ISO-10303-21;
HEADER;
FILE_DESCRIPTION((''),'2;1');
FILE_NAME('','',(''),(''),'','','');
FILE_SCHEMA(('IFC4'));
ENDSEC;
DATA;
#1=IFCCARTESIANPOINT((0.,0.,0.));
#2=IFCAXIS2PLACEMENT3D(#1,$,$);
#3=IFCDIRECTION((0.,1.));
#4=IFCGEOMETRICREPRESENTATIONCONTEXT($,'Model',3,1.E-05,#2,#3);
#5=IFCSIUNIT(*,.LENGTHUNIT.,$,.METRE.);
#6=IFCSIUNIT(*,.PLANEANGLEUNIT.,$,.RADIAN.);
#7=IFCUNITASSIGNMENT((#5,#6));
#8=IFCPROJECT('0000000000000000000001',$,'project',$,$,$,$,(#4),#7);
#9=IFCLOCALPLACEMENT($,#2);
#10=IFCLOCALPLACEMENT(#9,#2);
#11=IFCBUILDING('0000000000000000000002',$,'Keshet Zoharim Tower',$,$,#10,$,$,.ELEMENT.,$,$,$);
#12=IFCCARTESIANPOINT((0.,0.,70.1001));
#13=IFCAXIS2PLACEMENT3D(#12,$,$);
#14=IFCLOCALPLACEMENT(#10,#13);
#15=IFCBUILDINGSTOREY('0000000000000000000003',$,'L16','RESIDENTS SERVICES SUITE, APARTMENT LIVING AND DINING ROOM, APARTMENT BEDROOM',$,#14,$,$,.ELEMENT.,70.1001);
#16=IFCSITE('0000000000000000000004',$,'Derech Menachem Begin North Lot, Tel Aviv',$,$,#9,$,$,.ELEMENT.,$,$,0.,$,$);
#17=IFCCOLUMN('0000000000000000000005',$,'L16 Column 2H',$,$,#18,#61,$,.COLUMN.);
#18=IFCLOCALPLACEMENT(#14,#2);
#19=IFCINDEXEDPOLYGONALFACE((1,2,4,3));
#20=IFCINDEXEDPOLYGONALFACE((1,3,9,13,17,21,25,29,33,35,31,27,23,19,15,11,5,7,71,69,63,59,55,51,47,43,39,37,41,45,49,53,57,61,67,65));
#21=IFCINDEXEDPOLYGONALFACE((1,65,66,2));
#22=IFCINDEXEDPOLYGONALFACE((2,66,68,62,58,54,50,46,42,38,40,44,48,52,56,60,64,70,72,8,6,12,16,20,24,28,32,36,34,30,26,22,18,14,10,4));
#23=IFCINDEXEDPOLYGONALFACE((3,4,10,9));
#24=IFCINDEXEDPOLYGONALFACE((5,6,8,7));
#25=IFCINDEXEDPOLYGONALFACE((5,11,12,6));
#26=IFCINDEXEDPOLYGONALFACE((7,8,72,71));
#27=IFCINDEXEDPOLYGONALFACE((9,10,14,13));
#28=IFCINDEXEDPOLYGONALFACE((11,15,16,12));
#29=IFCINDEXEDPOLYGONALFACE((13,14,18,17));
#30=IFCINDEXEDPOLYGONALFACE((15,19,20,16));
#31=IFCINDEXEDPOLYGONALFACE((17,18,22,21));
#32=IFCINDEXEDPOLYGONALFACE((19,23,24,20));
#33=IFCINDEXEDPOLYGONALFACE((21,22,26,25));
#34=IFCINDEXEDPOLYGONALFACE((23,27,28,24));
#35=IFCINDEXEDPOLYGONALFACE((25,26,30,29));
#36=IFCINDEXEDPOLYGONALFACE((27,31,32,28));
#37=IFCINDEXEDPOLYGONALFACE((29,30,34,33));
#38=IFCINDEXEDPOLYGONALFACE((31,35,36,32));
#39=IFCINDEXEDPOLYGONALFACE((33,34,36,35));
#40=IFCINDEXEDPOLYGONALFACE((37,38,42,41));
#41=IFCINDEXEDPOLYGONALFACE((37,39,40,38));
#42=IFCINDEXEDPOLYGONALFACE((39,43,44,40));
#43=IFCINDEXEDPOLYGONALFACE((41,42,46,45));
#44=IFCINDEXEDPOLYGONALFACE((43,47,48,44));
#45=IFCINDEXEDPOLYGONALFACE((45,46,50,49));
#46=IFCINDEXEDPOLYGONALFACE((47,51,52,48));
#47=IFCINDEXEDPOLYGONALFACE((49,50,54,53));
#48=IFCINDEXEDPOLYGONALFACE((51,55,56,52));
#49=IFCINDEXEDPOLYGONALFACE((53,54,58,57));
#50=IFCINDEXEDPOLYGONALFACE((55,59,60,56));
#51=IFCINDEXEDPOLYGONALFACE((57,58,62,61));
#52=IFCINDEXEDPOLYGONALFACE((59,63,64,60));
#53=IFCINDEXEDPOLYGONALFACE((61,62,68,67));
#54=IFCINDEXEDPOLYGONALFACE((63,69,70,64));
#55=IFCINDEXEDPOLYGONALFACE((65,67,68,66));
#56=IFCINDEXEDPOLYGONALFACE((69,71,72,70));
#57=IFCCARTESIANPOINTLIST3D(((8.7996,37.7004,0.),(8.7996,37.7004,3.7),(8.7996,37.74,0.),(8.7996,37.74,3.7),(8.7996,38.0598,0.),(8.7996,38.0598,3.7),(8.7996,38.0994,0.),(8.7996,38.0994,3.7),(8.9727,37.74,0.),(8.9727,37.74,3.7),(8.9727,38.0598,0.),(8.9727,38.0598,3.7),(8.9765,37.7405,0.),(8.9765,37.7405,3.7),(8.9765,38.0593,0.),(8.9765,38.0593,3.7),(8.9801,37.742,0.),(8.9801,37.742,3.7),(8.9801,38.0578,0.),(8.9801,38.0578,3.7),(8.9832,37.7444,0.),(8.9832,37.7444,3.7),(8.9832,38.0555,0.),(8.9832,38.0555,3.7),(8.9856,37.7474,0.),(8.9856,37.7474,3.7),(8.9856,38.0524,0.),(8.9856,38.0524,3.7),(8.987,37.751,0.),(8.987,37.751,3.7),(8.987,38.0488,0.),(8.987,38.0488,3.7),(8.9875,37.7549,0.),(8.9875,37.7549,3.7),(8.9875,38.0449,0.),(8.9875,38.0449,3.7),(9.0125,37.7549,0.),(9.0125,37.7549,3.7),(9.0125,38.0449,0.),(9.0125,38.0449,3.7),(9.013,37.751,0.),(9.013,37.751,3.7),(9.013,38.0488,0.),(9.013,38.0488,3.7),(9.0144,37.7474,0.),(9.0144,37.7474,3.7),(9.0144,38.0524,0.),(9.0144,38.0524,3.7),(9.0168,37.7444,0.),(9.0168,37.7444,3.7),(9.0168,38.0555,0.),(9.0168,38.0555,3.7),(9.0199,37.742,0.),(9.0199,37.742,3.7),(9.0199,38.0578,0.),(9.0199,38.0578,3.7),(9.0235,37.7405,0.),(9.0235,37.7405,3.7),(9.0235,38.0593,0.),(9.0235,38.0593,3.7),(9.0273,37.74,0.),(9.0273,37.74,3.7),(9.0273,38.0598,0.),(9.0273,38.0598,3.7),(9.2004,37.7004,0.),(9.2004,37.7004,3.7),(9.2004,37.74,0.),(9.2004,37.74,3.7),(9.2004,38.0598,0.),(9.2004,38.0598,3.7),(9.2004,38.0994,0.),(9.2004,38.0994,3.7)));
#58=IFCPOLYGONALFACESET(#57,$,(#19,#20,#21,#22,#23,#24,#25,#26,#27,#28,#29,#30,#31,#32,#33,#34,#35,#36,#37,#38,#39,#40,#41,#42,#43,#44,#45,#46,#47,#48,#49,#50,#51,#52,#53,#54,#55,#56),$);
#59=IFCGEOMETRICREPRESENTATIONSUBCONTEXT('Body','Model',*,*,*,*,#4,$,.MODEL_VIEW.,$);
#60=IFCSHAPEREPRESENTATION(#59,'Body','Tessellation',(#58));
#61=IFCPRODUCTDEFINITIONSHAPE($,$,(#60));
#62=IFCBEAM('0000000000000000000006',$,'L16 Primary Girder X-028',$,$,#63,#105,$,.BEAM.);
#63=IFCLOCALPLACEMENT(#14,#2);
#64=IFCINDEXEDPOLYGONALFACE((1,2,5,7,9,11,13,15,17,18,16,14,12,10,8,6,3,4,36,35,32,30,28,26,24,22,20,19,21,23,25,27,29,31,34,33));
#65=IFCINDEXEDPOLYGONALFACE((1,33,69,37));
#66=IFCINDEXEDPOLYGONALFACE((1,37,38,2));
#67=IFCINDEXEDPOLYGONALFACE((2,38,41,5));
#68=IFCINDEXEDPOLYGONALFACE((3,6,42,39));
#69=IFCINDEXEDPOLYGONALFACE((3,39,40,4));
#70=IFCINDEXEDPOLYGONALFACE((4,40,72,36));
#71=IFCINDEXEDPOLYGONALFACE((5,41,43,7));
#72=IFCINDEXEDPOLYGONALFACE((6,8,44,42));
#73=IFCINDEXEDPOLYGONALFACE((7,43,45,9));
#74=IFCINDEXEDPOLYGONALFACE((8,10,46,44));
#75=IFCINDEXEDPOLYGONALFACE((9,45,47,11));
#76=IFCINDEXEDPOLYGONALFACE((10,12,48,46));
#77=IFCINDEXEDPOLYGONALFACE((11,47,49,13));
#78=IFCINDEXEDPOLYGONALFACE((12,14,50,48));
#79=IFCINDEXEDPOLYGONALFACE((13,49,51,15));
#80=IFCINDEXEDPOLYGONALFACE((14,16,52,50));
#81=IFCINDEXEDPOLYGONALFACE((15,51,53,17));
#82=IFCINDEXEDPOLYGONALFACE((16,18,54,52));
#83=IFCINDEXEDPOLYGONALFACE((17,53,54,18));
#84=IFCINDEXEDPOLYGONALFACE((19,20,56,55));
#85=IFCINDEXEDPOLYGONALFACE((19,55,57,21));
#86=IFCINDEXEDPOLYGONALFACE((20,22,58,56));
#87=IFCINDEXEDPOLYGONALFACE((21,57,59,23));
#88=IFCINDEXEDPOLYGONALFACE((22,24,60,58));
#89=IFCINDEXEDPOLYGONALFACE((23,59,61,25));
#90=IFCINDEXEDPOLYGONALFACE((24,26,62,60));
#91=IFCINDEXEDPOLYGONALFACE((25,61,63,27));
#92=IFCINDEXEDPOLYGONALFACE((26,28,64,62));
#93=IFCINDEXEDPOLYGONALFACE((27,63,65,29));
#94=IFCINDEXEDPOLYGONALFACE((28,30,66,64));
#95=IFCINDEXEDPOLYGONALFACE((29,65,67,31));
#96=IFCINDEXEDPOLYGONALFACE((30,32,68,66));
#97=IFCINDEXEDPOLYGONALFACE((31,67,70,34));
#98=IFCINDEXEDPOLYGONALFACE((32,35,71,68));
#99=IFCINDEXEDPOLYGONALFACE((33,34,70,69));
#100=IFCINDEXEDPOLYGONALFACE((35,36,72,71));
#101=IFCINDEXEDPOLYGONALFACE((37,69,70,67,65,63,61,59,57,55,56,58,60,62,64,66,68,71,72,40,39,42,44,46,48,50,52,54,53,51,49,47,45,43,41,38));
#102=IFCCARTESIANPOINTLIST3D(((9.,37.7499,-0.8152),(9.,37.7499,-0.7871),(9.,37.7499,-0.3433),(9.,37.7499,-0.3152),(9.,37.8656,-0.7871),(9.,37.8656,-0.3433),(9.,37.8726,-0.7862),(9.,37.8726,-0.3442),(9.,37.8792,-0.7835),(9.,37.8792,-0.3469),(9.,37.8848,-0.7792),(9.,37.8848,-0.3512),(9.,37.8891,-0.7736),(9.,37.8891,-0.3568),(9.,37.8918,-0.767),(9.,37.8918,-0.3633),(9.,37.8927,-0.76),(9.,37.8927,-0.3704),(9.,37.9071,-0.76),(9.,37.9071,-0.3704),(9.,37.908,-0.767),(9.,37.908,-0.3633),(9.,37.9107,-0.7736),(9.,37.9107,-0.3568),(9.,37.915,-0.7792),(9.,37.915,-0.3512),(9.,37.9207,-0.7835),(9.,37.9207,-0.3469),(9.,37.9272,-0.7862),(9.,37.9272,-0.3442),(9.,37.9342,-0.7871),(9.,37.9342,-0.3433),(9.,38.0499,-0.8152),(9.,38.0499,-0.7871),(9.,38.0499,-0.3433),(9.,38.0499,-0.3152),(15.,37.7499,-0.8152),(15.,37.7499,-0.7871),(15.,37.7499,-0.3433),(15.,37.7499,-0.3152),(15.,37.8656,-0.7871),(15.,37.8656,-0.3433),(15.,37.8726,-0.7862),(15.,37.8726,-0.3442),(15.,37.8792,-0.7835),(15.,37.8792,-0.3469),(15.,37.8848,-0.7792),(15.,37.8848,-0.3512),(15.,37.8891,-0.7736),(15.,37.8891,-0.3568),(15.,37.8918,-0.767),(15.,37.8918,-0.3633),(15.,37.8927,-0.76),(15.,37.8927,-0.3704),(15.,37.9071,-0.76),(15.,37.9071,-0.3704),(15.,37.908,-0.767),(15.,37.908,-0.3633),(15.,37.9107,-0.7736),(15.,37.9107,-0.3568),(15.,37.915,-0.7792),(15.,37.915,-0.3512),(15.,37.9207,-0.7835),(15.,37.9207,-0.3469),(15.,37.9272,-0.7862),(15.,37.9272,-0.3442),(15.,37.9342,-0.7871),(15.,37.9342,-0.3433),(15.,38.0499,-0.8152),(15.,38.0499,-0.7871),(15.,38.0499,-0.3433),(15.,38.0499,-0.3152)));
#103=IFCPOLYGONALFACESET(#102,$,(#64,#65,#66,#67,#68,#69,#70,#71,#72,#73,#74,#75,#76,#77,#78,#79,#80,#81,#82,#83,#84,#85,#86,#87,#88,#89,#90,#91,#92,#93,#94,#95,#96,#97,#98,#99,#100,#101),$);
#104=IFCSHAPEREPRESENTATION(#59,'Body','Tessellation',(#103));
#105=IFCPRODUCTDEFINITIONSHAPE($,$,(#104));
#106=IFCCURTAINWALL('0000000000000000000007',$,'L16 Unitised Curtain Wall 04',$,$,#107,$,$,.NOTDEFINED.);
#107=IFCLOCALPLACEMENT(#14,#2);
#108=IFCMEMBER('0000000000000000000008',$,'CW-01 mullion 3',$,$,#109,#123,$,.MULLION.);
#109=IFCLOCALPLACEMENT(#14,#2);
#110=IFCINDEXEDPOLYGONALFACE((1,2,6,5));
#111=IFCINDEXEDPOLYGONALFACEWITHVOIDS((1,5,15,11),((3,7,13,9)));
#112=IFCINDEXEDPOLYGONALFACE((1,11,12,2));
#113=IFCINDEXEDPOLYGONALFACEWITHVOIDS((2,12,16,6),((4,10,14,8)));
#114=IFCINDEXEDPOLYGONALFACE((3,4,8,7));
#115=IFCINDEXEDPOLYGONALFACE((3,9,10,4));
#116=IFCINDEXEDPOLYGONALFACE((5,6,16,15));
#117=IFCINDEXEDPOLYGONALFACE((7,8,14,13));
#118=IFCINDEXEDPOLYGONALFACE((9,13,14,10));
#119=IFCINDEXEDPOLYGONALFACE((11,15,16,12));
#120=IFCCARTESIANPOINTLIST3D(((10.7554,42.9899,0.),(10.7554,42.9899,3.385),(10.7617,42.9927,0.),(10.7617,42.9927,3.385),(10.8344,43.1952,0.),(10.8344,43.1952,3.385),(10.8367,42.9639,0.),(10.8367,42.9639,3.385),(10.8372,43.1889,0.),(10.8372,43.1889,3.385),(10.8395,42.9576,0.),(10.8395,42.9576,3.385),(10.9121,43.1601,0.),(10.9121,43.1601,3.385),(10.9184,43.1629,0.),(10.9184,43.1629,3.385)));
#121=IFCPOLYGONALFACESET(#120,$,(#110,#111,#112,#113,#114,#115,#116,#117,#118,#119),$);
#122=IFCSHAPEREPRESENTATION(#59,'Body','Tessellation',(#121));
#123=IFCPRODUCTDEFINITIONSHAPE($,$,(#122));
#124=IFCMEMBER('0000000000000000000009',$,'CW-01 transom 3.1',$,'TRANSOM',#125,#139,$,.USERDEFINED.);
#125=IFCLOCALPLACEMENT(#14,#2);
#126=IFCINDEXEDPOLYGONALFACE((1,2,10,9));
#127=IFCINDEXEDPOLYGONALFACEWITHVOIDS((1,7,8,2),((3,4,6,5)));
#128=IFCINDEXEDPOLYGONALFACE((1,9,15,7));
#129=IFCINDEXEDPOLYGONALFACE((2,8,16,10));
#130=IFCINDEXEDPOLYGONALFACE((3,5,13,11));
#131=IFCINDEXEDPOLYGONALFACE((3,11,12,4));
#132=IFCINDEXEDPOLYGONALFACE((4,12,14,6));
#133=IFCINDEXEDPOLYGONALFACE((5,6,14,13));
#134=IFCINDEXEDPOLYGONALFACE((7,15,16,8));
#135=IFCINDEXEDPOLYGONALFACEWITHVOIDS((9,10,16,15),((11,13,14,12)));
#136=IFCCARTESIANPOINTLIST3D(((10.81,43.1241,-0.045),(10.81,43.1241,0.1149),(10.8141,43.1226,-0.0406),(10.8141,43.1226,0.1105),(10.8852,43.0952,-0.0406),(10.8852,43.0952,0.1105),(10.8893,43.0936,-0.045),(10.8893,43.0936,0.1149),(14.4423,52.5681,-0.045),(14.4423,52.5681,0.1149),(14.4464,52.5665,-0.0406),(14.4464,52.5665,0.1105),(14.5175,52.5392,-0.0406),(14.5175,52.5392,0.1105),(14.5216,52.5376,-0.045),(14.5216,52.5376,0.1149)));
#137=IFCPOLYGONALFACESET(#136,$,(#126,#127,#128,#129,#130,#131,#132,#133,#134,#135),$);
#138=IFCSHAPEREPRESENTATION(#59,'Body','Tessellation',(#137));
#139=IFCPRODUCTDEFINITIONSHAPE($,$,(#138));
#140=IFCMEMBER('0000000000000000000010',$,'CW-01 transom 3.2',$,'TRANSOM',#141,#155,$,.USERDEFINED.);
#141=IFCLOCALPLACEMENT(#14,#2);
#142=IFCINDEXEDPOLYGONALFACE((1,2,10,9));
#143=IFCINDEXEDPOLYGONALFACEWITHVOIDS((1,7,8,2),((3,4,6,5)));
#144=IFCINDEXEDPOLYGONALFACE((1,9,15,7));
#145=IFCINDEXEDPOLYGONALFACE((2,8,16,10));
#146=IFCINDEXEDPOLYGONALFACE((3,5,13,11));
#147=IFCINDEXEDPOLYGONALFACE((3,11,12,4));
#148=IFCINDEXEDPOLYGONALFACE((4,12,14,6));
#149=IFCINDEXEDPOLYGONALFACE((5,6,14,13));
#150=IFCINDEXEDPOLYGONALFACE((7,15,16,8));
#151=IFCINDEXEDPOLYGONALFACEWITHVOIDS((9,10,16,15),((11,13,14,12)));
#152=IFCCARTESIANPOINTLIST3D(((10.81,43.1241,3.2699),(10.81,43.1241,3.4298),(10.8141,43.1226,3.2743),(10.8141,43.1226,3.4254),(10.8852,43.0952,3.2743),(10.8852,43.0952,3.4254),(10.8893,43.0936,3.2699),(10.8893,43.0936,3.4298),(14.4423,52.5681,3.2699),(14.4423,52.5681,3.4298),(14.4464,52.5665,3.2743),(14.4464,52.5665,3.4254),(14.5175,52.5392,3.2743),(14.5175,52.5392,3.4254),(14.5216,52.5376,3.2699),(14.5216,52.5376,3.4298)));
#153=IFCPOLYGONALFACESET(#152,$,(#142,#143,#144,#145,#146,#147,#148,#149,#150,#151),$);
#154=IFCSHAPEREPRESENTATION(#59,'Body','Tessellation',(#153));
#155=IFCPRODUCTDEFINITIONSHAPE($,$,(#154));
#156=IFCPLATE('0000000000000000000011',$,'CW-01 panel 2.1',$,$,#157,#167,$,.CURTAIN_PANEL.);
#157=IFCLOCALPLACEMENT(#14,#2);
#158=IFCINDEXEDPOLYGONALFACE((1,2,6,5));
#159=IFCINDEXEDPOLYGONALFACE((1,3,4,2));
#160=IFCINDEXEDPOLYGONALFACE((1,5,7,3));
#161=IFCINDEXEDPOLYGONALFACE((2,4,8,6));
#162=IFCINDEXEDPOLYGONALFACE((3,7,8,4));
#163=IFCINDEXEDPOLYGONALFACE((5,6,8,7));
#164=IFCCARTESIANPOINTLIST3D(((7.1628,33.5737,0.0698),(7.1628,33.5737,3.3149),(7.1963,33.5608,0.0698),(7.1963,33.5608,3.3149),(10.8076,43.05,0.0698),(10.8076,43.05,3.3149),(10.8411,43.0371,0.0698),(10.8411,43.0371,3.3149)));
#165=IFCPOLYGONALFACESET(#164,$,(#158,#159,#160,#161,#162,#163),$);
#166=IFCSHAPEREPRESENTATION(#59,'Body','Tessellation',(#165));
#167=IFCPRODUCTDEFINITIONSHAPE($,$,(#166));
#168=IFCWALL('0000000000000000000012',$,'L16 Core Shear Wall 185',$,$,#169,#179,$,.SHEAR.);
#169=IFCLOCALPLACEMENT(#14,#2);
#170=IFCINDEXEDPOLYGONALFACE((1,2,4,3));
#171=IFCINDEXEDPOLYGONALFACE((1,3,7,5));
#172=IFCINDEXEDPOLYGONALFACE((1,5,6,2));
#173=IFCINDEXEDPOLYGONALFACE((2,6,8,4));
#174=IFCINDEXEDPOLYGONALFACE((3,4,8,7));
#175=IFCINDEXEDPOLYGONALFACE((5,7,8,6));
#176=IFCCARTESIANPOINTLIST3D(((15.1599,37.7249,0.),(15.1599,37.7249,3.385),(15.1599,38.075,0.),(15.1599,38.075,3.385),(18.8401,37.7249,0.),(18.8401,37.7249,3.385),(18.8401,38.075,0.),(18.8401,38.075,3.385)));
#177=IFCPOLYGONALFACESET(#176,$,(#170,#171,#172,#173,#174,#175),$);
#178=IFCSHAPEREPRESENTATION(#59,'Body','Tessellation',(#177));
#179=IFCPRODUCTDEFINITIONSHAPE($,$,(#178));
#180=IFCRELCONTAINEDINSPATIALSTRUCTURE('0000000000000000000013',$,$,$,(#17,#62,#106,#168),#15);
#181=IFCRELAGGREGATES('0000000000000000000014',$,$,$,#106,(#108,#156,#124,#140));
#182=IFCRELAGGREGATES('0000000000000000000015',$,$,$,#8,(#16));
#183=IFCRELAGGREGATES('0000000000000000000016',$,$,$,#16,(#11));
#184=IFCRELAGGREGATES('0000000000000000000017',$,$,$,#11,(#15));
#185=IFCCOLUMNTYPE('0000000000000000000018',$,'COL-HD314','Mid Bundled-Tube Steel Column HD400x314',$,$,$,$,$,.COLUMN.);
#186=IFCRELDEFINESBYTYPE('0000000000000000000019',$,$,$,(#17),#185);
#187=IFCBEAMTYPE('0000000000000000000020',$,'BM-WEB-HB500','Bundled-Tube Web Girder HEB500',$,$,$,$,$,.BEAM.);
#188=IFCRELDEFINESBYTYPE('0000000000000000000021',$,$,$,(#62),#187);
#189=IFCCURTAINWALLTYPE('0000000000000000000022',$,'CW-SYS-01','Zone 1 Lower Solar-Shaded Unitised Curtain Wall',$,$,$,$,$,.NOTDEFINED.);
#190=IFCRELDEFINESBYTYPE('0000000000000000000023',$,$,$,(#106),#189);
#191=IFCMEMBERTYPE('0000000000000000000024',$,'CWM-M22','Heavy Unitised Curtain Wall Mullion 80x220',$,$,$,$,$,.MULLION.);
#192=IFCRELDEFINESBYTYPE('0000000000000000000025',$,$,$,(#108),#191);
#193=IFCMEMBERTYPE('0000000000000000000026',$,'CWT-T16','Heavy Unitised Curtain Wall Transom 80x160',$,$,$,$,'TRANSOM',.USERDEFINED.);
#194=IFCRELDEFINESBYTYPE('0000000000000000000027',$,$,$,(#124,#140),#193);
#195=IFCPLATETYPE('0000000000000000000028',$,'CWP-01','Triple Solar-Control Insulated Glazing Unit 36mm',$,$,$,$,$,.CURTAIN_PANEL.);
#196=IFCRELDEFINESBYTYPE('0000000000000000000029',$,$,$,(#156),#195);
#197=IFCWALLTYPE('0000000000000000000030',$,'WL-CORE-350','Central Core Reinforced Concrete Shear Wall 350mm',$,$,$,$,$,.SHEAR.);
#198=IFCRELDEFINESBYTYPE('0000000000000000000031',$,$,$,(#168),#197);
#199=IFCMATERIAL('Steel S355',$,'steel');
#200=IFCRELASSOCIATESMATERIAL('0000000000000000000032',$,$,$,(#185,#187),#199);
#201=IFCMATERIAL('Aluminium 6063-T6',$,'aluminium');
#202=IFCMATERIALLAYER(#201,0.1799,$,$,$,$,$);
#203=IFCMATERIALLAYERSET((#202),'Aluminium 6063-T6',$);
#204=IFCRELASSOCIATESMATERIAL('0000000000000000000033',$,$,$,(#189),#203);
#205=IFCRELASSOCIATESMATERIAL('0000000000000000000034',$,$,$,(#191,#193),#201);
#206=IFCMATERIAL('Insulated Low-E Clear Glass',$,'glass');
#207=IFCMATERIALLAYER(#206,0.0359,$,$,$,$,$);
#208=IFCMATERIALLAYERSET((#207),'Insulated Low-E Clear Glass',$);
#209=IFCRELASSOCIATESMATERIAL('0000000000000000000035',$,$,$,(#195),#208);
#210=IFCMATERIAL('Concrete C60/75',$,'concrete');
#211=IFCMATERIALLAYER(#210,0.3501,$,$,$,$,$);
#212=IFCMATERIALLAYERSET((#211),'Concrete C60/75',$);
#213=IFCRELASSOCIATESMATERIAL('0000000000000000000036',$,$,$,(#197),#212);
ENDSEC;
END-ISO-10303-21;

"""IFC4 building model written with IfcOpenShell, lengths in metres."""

from ifc_helpers import new_model, si_unit, direction, frame, frame_2d, origin, origin_2d, place, context, subcontext, project, spatial, rectangle, hollow_rectangle, i_section, extrude, material, layer, layer_set, material_profile, profile_set, type_object, element, aggregate, save


model = new_model("IFC4")

# Units and contexts
model_context = context("Model", 3, precision=1e-05, world=origin(), true_north=direction((0.0, 1.0)))
body_context = subcontext(model_context, "Body", "Model", "MODEL_VIEW")
ifc_project = project(units=[si_unit("LENGTHUNIT", "METRE"), si_unit("PLANEANGLEUNIT", "RADIAN")], contexts=[model_context])

# Site, building, storey
site_placement = place(None, origin())
site = spatial("IfcSite", under=ifc_project, at=site_placement, Name="Derech Menachem Begin North Lot, Tel Aviv", CompositionType="ELEMENT", RefElevation=0.0)
building_placement = place(site_placement, origin())
building = spatial("IfcBuilding", under=site, at=building_placement, Name="Keshet Zoharim Tower", CompositionType="ELEMENT")
storey_placement = place(building_placement, frame((0.0, 0.0, 70.1001)))
storey = spatial("IfcBuildingStorey", under=building, at=storey_placement, Name="L16", Description="RESIDENTS SERVICES SUITE, APARTMENT LIVING AND DINING ROOM, APARTMENT BEDROOM", CompositionType="ELEMENT", Elevation=70.1001)

# Column
ifc_material_1 = material(Name="Steel S355", Category="steel")
ifc_material_profile_1 = material_profile(ifc_material_1, i_section(OverallWidth=0.4009, OverallDepth=0.3989, WebThickness=0.0249, FlangeThickness=0.0396, FilletRadius=0.0149, at=origin_2d()), Name="HD400x314")
ifc_profile_set_1 = profile_set([ifc_material_profile_1], Name="Steel S355")
column_type = type_object("IfcColumnType", Name="COL-HD314", Description="Mid Bundled-Tube Steel Column HD400x314", PredefinedType="COLUMN", material=ifc_profile_set_1)
column_placement = place(storey_placement, frame((9.0, 37.8999, 0.0), z_axis=(0.0, 0.0, 1.0), x_axis=(1.0, 0.0, 0.0)))
element("IfcColumn", 1, at=column_placement, inside=storey, type_object=column_type, Name="L16 Column 2H", PredefinedType="COLUMN", context=body_context, shape_type="SweptSolid", body=[
    extrude(i_section(OverallWidth=0.4009, OverallDepth=0.3989, WebThickness=0.0249, FlangeThickness=0.0396, FilletRadius=0.0149, at=origin_2d()), origin(), (0.0, 0.0, 1.0), 3.7),
])

# Beam
ifc_material_profile_2 = material_profile(ifc_material_1, i_section(OverallWidth=0.3, OverallDepth=0.5, WebThickness=0.0144, FlangeThickness=0.0281, FilletRadius=0.0271, at=origin_2d()), Name="HEB500")
ifc_profile_set_2 = profile_set([ifc_material_profile_2], Name="Steel S355")
beam_type = type_object("IfcBeamType", Name="BM-WEB-HB500", Description="Bundled-Tube Web Girder HEB500", PredefinedType="BEAM", material=ifc_profile_set_2)
beam_placement = place(storey_placement, frame((9.0, 37.8999, -0.5652), z_axis=(1.0, 0.0, 0.0), x_axis=(0.0, 1.0, 0.0)))
element("IfcBeam", 2, at=beam_placement, inside=storey, type_object=beam_type, Name="L16 Primary Girder X-028", PredefinedType="BEAM", context=body_context, shape_type="SweptSolid", body=[
    extrude(i_section(OverallWidth=0.3, OverallDepth=0.5, WebThickness=0.0144, FlangeThickness=0.0281, FilletRadius=0.0271, at=origin_2d()), origin(), (0.0, 0.0, 1.0), 6.0),
])

# Curtain wall, members, plate
ifc_material_2 = material(Name="Aluminium 6063-T6", Category="aluminium")
ifc_layer_1 = layer(ifc_material_2, 0.1799)
ifc_layer_set_1 = layer_set([ifc_layer_1], Name="Aluminium 6063-T6")
curtain_wall_type = type_object("IfcCurtainWallType", Name="CW-SYS-01", Description="Zone 1 Lower Solar-Shaded Unitised Curtain Wall", PredefinedType="NOTDEFINED", material=ifc_layer_set_1)
curtain_wall_placement = place(storey_placement, origin())
curtain_wall = element("IfcCurtainWall", 3, at=curtain_wall_placement, inside=storey, type_object=curtain_wall_type, Name="L16 Unitised Curtain Wall 04", PredefinedType="NOTDEFINED")
ifc_material_profile_3 = material_profile(ifc_material_2, hollow_rectangle(XDim=0.0901, YDim=0.22, WallThickness=0.0049, at=origin_2d()), Name="MUL-90x220")
ifc_profile_set_3 = profile_set([ifc_material_profile_3], Name="Aluminium 6063-T6")
member_type_1 = type_object("IfcMemberType", Name="CWM-M22", Description="Heavy Unitised Curtain Wall Mullion 80x220", PredefinedType="MULLION", material=ifc_profile_set_3)
member_1_placement = place(storey_placement, frame((10.8369, 43.0764, 0.0), z_axis=(0.0, 0.0, 1.0), x_axis=(-0.933341, 0.35899, 0.0)))
member_1 = element("IfcMember", 4, at=member_1_placement, type_object=member_type_1, Name="CW-01 mullion 3", PredefinedType="MULLION", context=body_context, shape_type="SweptSolid", body=[
    extrude(hollow_rectangle(XDim=0.0901, YDim=0.22, WallThickness=0.0049, at=origin_2d()), origin(), (0.0, 0.0, 1.0), 3.385),
])
ifc_material_profile_4 = material_profile(ifc_material_2, hollow_rectangle(XDim=0.085, YDim=0.1599, WallThickness=0.0044, at=origin_2d()), Name="TRN-85x160")
ifc_profile_set_4 = profile_set([ifc_material_profile_4], Name="Aluminium 6063-T6")
member_type_2 = type_object("IfcMemberType", Name="CWT-T16", Description="Heavy Unitised Curtain Wall Transom 80x160", ElementType="TRANSOM", PredefinedType="USERDEFINED", material=ifc_profile_set_4)
member_2_placement = place(storey_placement, frame((10.8496, 43.1089, 0.0349), z_axis=(0.358986, 0.933343, 0.0), x_axis=(-0.933343, 0.358986, 0.0)))
member_2 = element("IfcMember", 5, at=member_2_placement, type_object=member_type_2, Name="CW-01 transom 3.1", ObjectType="TRANSOM", PredefinedType="USERDEFINED", context=body_context, shape_type="SweptSolid", body=[
    extrude(hollow_rectangle(XDim=0.085, YDim=0.1599, WallThickness=0.0044, at=origin_2d()), origin(), (0.0, 0.0, 1.0), 10.1184),
])
member_3_placement = place(storey_placement, frame((10.8496, 43.1089, 3.3499), z_axis=(0.358986, 0.933343, 0.0), x_axis=(-0.933343, 0.358986, 0.0)))
member_3 = element("IfcMember", 6, at=member_3_placement, type_object=member_type_2, Name="CW-01 transom 3.2", ObjectType="TRANSOM", PredefinedType="USERDEFINED", context=body_context, shape_type="SweptSolid", body=[
    extrude(hollow_rectangle(XDim=0.085, YDim=0.1599, WallThickness=0.0044, at=origin_2d()), origin(), (0.0, 0.0, 1.0), 10.1184),
])
ifc_material_3 = material(Name="Insulated Low-E Clear Glass", Category="glass")
ifc_layer_2 = layer(ifc_material_3, 0.0359)
ifc_layer_set_2 = layer_set([ifc_layer_2], Name="Insulated Low-E Clear Glass")
plate_type = type_object("IfcPlateType", Name="CWP-01", Description="Triple Solar-Control Insulated Glazing Unit 36mm", PredefinedType="CURTAIN_PANEL", material=ifc_layer_set_2)
plate_placement = place(storey_placement, frame((9.002, 38.3054, 0.0698), z_axis=(0.0, 0.0, 1.0), x_axis=(0.35899, 0.933341, 0.0)))
plate = element("IfcPlate", 7, at=plate_placement, type_object=plate_type, Name="CW-01 panel 2.1", PredefinedType="CURTAIN_PANEL", context=body_context, shape_type="SweptSolid", body=[
    extrude(rectangle(XDim=10.1531, YDim=0.0359, at=origin_2d()), origin(), (0.0, 0.0, 1.0), 3.2451),
])
aggregate(curtain_wall, [member_1, plate, member_2, member_3])

# Wall
ifc_material_4 = material(Name="Concrete C60/75", Category="concrete")
ifc_layer_3 = layer(ifc_material_4, 0.3501)
ifc_layer_set_3 = layer_set([ifc_layer_3], Name="Concrete C60/75")
wall_type_1 = type_object("IfcWallType", Name="WL-CORE-350", Description="Central Core Reinforced Concrete Shear Wall 350mm", PredefinedType="SHEAR", material=ifc_layer_set_3)
wall_1_placement = place(storey_placement, frame((15.1599, 37.8999, 0.0), z_axis=(0.0, 0.0, 1.0), x_axis=(1.0, 0.0, 0.0)))
element("IfcWall", 8, at=wall_1_placement, inside=storey, type_object=wall_type_1, Name="L16 Core Shear Wall 185", PredefinedType="SHEAR", context=body_context, shape_type="SweptSolid", body=[
    extrude(rectangle(XDim=3.6802, YDim=0.3501, at=frame_2d((1.8401, 0.0))), origin(), (0.0, 0.0, 1.0), 3.385),
])

save(model, "model.ifc")
